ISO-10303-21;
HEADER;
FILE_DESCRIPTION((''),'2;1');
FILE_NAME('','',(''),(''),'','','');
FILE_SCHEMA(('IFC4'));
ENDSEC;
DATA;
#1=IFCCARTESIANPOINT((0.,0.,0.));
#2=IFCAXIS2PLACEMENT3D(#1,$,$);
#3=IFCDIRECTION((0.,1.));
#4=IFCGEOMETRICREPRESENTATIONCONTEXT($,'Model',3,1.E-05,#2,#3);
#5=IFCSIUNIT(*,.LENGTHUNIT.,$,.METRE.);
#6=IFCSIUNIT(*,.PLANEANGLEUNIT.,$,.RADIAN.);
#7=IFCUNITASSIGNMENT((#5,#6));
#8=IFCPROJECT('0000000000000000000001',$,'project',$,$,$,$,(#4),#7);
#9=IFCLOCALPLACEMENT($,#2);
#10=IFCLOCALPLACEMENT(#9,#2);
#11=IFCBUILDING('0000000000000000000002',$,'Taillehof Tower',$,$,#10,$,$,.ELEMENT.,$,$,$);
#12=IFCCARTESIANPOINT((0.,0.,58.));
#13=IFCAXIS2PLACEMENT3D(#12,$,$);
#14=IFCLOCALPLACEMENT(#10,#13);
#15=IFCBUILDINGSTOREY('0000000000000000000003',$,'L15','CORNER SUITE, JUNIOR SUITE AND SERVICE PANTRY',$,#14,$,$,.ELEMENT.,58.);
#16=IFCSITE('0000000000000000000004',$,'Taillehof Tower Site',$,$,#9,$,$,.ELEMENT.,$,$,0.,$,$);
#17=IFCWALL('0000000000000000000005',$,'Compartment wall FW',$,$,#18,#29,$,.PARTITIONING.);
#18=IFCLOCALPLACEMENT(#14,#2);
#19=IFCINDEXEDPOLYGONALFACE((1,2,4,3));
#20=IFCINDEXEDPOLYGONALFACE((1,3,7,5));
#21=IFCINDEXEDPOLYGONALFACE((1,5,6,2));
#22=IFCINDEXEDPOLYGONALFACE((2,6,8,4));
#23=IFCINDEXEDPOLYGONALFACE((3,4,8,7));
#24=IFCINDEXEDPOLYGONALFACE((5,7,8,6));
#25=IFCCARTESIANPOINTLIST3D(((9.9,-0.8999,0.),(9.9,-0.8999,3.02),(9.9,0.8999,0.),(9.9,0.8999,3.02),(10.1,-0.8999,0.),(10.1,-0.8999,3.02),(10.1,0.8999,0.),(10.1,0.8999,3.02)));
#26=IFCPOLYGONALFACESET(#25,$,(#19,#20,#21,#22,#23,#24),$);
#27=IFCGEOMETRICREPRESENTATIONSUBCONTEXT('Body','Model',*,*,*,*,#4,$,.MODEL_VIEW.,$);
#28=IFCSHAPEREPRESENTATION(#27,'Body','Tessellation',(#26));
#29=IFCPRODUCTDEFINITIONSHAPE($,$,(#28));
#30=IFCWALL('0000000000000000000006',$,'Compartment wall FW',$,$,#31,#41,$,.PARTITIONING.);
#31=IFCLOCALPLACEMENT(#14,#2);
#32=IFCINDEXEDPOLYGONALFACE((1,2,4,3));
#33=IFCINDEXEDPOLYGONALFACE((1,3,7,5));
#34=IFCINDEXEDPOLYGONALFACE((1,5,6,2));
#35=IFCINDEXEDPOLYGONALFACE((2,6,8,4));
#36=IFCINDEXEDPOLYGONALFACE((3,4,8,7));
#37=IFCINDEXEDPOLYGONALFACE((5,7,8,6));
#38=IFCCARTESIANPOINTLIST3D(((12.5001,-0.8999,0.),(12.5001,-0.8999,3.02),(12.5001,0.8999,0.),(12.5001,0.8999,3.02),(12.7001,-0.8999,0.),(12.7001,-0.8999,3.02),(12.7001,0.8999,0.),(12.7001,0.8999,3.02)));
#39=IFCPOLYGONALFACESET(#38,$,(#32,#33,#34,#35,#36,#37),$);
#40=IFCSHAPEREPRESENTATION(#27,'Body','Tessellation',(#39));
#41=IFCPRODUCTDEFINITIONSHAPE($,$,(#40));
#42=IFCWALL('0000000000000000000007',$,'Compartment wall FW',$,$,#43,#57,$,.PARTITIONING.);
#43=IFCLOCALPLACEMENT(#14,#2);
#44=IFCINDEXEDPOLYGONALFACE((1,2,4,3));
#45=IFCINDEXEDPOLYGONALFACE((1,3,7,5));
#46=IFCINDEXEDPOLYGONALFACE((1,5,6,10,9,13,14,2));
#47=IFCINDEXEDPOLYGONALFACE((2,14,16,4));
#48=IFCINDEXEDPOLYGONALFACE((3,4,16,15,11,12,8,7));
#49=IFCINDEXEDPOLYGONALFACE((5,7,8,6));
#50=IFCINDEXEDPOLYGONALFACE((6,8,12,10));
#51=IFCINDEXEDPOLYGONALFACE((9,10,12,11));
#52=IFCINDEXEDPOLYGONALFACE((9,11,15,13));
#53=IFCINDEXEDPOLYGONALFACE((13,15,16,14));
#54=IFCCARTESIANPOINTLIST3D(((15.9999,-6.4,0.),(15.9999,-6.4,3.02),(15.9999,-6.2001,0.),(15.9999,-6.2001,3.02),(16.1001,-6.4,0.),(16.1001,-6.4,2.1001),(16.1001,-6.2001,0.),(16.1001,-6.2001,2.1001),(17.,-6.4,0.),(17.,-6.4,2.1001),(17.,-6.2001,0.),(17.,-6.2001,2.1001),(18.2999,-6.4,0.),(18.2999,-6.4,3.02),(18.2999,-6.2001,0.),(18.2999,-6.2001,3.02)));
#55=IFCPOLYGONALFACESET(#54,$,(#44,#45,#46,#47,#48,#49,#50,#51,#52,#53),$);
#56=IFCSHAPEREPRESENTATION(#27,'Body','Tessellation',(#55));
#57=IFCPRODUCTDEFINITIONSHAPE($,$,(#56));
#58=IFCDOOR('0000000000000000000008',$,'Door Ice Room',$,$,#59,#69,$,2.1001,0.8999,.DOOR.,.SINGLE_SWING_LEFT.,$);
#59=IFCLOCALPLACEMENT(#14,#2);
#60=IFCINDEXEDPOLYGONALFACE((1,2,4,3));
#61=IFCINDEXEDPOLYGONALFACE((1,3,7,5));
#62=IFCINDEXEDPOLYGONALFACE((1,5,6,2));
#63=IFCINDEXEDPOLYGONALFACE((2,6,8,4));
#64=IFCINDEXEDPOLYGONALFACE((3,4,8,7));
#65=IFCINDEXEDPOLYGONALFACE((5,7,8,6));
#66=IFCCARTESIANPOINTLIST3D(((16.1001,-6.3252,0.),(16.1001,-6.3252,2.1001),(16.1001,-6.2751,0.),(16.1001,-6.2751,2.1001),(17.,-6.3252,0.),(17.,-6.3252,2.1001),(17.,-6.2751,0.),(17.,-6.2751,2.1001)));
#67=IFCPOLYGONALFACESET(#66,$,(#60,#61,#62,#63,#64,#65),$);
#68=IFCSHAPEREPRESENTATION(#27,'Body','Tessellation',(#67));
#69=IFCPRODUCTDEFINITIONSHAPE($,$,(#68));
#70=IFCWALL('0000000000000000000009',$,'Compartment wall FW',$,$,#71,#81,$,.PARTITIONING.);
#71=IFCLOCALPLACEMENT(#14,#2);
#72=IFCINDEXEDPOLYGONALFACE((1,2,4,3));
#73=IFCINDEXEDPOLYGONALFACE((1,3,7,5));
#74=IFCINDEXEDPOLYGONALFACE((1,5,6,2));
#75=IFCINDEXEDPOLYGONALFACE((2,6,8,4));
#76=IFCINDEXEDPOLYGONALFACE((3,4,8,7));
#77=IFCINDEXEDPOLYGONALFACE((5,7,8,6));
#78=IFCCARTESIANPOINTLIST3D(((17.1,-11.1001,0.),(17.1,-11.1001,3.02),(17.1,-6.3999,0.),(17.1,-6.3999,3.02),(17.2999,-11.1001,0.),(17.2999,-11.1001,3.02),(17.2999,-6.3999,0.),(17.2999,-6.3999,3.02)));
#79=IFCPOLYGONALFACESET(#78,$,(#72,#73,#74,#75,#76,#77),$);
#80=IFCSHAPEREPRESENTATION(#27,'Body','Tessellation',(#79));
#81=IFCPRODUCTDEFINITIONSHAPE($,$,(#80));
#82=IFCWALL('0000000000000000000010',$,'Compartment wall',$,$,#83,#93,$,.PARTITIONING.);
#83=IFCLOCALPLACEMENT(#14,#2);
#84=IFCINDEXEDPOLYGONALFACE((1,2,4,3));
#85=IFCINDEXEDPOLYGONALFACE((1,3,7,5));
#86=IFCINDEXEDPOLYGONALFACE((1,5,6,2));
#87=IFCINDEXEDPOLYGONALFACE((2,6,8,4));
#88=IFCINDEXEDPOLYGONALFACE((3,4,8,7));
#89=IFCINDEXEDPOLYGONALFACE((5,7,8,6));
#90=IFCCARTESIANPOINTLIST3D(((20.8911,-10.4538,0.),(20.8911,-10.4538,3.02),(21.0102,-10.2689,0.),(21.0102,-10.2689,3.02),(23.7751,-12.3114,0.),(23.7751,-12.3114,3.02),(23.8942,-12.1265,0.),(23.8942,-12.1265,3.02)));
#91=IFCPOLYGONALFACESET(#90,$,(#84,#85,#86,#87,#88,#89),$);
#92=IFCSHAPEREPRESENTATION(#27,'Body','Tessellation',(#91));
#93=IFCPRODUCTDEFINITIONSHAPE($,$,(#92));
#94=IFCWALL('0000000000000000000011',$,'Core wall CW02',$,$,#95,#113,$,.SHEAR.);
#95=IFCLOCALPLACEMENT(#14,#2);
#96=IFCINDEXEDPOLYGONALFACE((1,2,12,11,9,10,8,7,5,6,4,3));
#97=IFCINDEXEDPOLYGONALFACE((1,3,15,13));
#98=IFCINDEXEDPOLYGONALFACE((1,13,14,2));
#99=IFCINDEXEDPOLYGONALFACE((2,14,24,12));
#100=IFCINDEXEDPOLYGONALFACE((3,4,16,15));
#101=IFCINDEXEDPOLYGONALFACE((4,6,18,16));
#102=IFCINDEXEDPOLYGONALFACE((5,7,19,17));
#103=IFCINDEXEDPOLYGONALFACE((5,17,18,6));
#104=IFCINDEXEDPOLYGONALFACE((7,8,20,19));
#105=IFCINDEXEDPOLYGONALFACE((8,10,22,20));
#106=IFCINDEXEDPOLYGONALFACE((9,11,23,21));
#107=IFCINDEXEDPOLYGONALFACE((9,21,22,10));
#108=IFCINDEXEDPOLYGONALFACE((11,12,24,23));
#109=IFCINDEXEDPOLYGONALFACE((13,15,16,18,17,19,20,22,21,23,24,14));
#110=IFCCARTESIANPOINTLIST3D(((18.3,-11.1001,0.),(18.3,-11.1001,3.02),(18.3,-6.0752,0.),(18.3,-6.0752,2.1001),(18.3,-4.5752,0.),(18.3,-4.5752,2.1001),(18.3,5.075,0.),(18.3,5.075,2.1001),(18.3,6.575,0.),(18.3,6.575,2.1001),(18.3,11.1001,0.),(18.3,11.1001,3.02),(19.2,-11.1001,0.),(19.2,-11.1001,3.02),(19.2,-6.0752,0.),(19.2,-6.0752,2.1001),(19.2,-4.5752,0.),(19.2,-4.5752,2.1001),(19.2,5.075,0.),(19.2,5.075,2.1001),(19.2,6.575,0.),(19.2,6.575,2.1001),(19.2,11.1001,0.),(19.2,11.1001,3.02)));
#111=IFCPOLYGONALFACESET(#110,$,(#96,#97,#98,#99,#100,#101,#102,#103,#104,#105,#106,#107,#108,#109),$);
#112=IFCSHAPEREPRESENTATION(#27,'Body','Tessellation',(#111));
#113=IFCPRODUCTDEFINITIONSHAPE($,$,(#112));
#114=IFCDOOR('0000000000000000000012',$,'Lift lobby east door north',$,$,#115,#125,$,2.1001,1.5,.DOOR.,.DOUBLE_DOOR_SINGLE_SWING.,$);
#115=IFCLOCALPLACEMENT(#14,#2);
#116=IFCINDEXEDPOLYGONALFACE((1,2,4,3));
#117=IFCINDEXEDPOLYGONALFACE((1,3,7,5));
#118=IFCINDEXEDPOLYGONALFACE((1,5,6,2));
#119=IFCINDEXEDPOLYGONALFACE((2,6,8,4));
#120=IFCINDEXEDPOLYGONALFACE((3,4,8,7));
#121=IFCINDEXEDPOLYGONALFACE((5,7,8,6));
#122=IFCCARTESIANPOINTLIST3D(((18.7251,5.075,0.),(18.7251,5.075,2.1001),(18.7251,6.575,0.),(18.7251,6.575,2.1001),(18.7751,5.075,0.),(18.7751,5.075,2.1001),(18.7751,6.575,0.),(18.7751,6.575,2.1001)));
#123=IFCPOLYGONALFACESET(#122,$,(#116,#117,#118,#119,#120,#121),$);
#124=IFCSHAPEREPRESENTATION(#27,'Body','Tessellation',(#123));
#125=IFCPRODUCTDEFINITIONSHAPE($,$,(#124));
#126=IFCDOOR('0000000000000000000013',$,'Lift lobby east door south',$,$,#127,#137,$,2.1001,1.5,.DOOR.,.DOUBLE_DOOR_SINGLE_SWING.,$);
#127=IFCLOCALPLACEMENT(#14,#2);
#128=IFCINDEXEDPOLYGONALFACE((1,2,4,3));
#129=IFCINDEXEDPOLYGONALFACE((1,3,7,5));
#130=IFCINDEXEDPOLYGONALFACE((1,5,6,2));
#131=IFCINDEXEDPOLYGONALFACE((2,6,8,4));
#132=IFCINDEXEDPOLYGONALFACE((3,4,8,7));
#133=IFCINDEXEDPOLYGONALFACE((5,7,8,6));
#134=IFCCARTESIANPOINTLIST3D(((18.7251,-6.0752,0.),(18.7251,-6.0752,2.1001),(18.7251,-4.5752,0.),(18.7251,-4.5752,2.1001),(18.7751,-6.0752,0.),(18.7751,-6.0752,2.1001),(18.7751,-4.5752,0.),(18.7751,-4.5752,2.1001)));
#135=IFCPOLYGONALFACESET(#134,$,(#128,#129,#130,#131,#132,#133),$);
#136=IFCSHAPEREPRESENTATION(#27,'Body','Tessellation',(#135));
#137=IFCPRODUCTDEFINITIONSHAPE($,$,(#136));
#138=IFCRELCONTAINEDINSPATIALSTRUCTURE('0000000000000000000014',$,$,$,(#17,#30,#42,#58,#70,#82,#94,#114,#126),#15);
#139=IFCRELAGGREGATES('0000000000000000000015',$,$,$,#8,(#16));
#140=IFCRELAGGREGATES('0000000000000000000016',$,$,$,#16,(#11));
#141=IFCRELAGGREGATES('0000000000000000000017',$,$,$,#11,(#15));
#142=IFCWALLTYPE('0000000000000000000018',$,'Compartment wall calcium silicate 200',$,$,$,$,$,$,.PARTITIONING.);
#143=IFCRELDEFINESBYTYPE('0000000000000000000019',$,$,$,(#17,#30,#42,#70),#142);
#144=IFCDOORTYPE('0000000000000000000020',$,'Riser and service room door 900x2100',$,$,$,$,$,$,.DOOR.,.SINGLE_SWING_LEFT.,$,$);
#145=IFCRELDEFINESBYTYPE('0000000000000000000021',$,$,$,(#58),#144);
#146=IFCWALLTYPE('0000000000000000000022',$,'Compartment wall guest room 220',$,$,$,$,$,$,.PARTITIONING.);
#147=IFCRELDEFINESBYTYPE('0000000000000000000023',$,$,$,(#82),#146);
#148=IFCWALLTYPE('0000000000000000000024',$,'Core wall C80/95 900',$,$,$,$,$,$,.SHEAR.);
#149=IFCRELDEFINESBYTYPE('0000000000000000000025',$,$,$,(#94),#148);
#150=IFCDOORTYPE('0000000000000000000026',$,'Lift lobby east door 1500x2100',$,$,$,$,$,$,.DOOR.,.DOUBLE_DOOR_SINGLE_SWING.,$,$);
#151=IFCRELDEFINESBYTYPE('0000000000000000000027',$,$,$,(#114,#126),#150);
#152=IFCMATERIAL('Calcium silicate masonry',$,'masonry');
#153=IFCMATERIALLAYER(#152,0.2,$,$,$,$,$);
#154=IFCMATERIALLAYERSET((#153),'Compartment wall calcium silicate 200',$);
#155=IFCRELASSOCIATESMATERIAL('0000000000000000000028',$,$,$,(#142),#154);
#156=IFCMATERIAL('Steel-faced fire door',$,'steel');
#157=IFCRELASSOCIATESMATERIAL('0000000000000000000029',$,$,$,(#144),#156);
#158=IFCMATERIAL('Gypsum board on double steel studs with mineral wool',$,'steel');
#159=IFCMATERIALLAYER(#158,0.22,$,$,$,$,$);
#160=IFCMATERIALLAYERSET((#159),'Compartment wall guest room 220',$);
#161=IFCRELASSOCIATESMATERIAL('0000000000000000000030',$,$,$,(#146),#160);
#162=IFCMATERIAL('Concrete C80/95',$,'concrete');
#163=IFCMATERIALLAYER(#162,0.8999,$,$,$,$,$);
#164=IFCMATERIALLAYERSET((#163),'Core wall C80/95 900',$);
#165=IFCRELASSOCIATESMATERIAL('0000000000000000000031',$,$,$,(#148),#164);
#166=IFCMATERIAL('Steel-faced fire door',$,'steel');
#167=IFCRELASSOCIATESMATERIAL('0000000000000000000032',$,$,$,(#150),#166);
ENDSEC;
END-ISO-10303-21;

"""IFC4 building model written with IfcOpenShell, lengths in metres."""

from ifc_helpers import new_model, si_unit, direction, frame, frame_2d, origin, place, context, subcontext, project, spatial, rectangle, extrude, material, layer, layer_set, type_object, element, fill, save


model = new_model("IFC4")

# Units and contexts
model_context = context("Model", 3, precision=1e-05, world=origin(), true_north=direction((0.0, 1.0)))
body_context = subcontext(model_context, "Body", "Model", "MODEL_VIEW")
ifc_project = project(units=[si_unit("LENGTHUNIT", "METRE"), si_unit("PLANEANGLEUNIT", "RADIAN")], contexts=[model_context])

# Site, building, storey
site_placement = place(None, origin())
site = spatial("IfcSite", under=ifc_project, at=site_placement, Name="Taillehof Tower Site", CompositionType="ELEMENT", RefElevation=0.0)
building_placement = place(site_placement, origin())
building = spatial("IfcBuilding", under=site, at=building_placement, Name="Taillehof Tower", CompositionType="ELEMENT")
storey_placement = place(building_placement, frame((0.0, 0.0, 58.0)))
storey = spatial("IfcBuildingStorey", under=building, at=storey_placement, Name="L15", Description="CORNER SUITE, JUNIOR SUITE AND SERVICE PANTRY", CompositionType="ELEMENT", Elevation=58.0)

# Walls
ifc_material_1 = material(Name="Calcium silicate masonry", Category="masonry")
ifc_layer_1 = layer(ifc_material_1, 0.2)
ifc_layer_set_1 = layer_set([ifc_layer_1], Name="Compartment wall calcium silicate 200")
wall_type_1 = type_object("IfcWallType", Name="Compartment wall calcium silicate 200", PredefinedType="PARTITIONING", material=ifc_layer_set_1)
for number, where, z_axis, x_axis, name in (
    (1, (10.0, -0.8999, 0.0), (0.0, 0.0, 1.0), (0.0, 1.0, 0.0), "Compartment wall FW"),
    (2, (12.6001, -0.8999, 0.0), (0.0, 0.0, 1.0), (0.0, 1.0, 0.0), "Compartment wall FW"),
):
    element("IfcWall", number, at=place(storey_placement, frame(where, z_axis=z_axis, x_axis=x_axis)), inside=storey, type_object=wall_type_1, Name=name, PredefinedType="PARTITIONING", context=body_context, shape_type="SweptSolid", body=[
        extrude(rectangle(XDim=1.7998, YDim=0.2, at=frame_2d((0.8999, 0.0))), origin(), (0.0, 0.0, 1.0), 3.02),
    ])

# Wall, opening, door
wall_1_placement = place(storey_placement, frame((16.0, -6.3, 0.0), z_axis=(0.0, 0.0, 1.0), x_axis=(1.0, 0.0, 0.0)))
wall_1 = element("IfcWall", 3, at=wall_1_placement, inside=storey, type_object=wall_type_1, Name="Compartment wall FW", PredefinedType="PARTITIONING", context=body_context, shape_type="SweptSolid", body=[
    extrude(rectangle(XDim=2.3, YDim=0.2, at=frame_2d((1.1499, 0.0))), origin(), (0.0, 0.0, 1.0), 3.02),
])
opening_1_placement = place(wall_1_placement, frame((0.1001, 0.0, 0.0)))
opening_1 = element("IfcOpeningElement", 4, at=opening_1_placement, cuts=wall_1, PredefinedType="OPENING", context=body_context, shape_type="SweptSolid", body=[
    extrude(rectangle(XDim=0.8999, YDim=2.1001, at=frame_2d((0.45, 1.05))), frame((0.0, 0.1099, 0.0), z_axis=(0.0, -1.0, 0.0), x_axis=(1.0, 0.0, 0.0)), (0.0, 0.0, 1.0), 0.22),
])
ifc_material_2 = material(Name="Steel-faced fire door", Category="steel")
door_type_1 = type_object("IfcDoorType", Name="Riser and service room door 900x2100", OperationType="SINGLE_SWING_LEFT", PredefinedType="DOOR", material=ifc_material_2)
door_1_placement = place(opening_1_placement, origin())
door_1 = element("IfcDoor", 5, at=door_1_placement, inside=storey, type_object=door_type_1, Name="Door Ice Room", OperationType="SINGLE_SWING_LEFT", OverallHeight=2.1001, OverallWidth=0.8999, PredefinedType="DOOR", context=body_context, shape_type="SweptSolid", body=[
    extrude(rectangle(XDim=0.8999, YDim=2.1001, at=frame_2d((0.45, 1.05))), frame((0.0, 0.0249, 0.0), z_axis=(0.0, -1.0, 0.0), x_axis=(1.0, 0.0, 0.0)), (0.0, 0.0, 1.0), 0.05),
])
fill(opening_1, door_1)

# Walls
wall_2_placement = place(storey_placement, frame((17.2, -11.1001, 0.0), z_axis=(0.0, 0.0, 1.0), x_axis=(0.0, 1.0, 0.0)))
element("IfcWall", 6, at=wall_2_placement, inside=storey, type_object=wall_type_1, Name="Compartment wall FW", PredefinedType="PARTITIONING", context=body_context, shape_type="SweptSolid", body=[
    extrude(rectangle(XDim=4.7002, YDim=0.2, at=frame_2d((2.3501, 0.0))), origin(), (0.0, 0.0, 1.0), 3.02),
])
ifc_material_3 = material(Name="Gypsum board on double steel studs with mineral wool", Category="steel")
ifc_layer_2 = layer(ifc_material_3, 0.22)
ifc_layer_set_2 = layer_set([ifc_layer_2], Name="Compartment wall guest room 220")
wall_type_2 = type_object("IfcWallType", Name="Compartment wall guest room 220", PredefinedType="PARTITIONING", material=ifc_layer_set_2)
wall_3_placement = place(storey_placement, frame((23.8347, -12.219, 0.0), z_axis=(0.0, 0.0, 1.0), x_axis=(-0.840695, 0.541509, 0.0)))
element("IfcWall", 7, at=wall_3_placement, inside=storey, type_object=wall_type_2, Name="Compartment wall", PredefinedType="PARTITIONING", context=body_context, shape_type="SweptSolid", body=[
    extrude(rectangle(XDim=3.4304, YDim=0.22, at=frame_2d((1.7153, 0.0))), origin(), (0.0, 0.0, 1.0), 3.02),
])

# Wall, openings, doors
ifc_material_4 = material(Name="Concrete C80/95", Category="concrete")
ifc_layer_3 = layer(ifc_material_4, 0.8999)
ifc_layer_set_3 = layer_set([ifc_layer_3], Name="Core wall C80/95 900")
wall_type_3 = type_object("IfcWallType", Name="Core wall C80/95 900", PredefinedType="SHEAR", material=ifc_layer_set_3)
wall_4_placement = place(storey_placement, frame((18.75, -11.1001, 0.0), z_axis=(0.0, 0.0, 1.0), x_axis=(0.0, 1.0, 0.0)))
wall_4 = element("IfcWall", 8, at=wall_4_placement, inside=storey, type_object=wall_type_3, Name="Core wall CW02", PredefinedType="SHEAR", context=body_context, shape_type="SweptSolid", body=[
    extrude(rectangle(XDim=22.2002, YDim=0.8999, at=frame_2d((11.1001, 0.0))), origin(), (0.0, 0.0, 1.0), 3.02),
])
opening_2_placement = place(wall_4_placement, frame((16.175, 0.0, 0.0)))
opening_2 = element("IfcOpeningElement", 9, at=opening_2_placement, cuts=wall_4, PredefinedType="OPENING", context=body_context, shape_type="SweptSolid", body=[
    extrude(rectangle(XDim=1.5, YDim=2.1001, at=frame_2d((0.75, 1.05))), frame((0.0, 0.46, 0.0), z_axis=(0.0, -1.0, 0.0), x_axis=(1.0, 0.0, 0.0)), (0.0, 0.0, 1.0), 0.9199),
])
opening_3_placement = place(wall_4_placement, frame((5.0249, 0.0, 0.0)))
opening_3 = element("IfcOpeningElement", 10, at=opening_3_placement, cuts=wall_4, PredefinedType="OPENING", context=body_context, shape_type="SweptSolid", body=[
    extrude(rectangle(XDim=1.5, YDim=2.1001, at=frame_2d((0.75, 1.05))), frame((0.0, 0.46, 0.0), z_axis=(0.0, -1.0, 0.0), x_axis=(1.0, 0.0, 0.0)), (0.0, 0.0, 1.0), 0.9199),
])
ifc_material_5 = material(Name="Steel-faced fire door", Category="steel")
door_type_2 = type_object("IfcDoorType", Name="Lift lobby east door 1500x2100", OperationType="DOUBLE_DOOR_SINGLE_SWING", PredefinedType="DOOR", material=ifc_material_5)
door_2_placement = place(opening_2_placement, origin())
door_2 = element("IfcDoor", 11, at=door_2_placement, inside=storey, type_object=door_type_2, Name="Lift lobby east door north", OperationType="DOUBLE_DOOR_SINGLE_SWING", OverallHeight=2.1001, OverallWidth=1.5, PredefinedType="DOOR", context=body_context, shape_type="SweptSolid", body=[
    extrude(rectangle(XDim=1.5, YDim=2.1001, at=frame_2d((0.75, 1.05))), frame((0.0, 0.0249, 0.0), z_axis=(0.0, -1.0, 0.0), x_axis=(1.0, 0.0, 0.0)), (0.0, 0.0, 1.0), 0.05),
])
fill(opening_2, door_2)
door_3_placement = place(opening_3_placement, origin())
door_3 = element("IfcDoor", 12, at=door_3_placement, inside=storey, type_object=door_type_2, Name="Lift lobby east door south", OperationType="DOUBLE_DOOR_SINGLE_SWING", OverallHeight=2.1001, OverallWidth=1.5, PredefinedType="DOOR", context=body_context, shape_type="SweptSolid", body=[
    extrude(rectangle(XDim=1.5, YDim=2.1001, at=frame_2d((0.75, 1.05))), frame((0.0, 0.0249, 0.0), z_axis=(0.0, -1.0, 0.0), x_axis=(1.0, 0.0, 0.0)), (0.0, 0.0, 1.0), 0.05),
])
fill(opening_3, door_3)

save(model, "model.ifc")
